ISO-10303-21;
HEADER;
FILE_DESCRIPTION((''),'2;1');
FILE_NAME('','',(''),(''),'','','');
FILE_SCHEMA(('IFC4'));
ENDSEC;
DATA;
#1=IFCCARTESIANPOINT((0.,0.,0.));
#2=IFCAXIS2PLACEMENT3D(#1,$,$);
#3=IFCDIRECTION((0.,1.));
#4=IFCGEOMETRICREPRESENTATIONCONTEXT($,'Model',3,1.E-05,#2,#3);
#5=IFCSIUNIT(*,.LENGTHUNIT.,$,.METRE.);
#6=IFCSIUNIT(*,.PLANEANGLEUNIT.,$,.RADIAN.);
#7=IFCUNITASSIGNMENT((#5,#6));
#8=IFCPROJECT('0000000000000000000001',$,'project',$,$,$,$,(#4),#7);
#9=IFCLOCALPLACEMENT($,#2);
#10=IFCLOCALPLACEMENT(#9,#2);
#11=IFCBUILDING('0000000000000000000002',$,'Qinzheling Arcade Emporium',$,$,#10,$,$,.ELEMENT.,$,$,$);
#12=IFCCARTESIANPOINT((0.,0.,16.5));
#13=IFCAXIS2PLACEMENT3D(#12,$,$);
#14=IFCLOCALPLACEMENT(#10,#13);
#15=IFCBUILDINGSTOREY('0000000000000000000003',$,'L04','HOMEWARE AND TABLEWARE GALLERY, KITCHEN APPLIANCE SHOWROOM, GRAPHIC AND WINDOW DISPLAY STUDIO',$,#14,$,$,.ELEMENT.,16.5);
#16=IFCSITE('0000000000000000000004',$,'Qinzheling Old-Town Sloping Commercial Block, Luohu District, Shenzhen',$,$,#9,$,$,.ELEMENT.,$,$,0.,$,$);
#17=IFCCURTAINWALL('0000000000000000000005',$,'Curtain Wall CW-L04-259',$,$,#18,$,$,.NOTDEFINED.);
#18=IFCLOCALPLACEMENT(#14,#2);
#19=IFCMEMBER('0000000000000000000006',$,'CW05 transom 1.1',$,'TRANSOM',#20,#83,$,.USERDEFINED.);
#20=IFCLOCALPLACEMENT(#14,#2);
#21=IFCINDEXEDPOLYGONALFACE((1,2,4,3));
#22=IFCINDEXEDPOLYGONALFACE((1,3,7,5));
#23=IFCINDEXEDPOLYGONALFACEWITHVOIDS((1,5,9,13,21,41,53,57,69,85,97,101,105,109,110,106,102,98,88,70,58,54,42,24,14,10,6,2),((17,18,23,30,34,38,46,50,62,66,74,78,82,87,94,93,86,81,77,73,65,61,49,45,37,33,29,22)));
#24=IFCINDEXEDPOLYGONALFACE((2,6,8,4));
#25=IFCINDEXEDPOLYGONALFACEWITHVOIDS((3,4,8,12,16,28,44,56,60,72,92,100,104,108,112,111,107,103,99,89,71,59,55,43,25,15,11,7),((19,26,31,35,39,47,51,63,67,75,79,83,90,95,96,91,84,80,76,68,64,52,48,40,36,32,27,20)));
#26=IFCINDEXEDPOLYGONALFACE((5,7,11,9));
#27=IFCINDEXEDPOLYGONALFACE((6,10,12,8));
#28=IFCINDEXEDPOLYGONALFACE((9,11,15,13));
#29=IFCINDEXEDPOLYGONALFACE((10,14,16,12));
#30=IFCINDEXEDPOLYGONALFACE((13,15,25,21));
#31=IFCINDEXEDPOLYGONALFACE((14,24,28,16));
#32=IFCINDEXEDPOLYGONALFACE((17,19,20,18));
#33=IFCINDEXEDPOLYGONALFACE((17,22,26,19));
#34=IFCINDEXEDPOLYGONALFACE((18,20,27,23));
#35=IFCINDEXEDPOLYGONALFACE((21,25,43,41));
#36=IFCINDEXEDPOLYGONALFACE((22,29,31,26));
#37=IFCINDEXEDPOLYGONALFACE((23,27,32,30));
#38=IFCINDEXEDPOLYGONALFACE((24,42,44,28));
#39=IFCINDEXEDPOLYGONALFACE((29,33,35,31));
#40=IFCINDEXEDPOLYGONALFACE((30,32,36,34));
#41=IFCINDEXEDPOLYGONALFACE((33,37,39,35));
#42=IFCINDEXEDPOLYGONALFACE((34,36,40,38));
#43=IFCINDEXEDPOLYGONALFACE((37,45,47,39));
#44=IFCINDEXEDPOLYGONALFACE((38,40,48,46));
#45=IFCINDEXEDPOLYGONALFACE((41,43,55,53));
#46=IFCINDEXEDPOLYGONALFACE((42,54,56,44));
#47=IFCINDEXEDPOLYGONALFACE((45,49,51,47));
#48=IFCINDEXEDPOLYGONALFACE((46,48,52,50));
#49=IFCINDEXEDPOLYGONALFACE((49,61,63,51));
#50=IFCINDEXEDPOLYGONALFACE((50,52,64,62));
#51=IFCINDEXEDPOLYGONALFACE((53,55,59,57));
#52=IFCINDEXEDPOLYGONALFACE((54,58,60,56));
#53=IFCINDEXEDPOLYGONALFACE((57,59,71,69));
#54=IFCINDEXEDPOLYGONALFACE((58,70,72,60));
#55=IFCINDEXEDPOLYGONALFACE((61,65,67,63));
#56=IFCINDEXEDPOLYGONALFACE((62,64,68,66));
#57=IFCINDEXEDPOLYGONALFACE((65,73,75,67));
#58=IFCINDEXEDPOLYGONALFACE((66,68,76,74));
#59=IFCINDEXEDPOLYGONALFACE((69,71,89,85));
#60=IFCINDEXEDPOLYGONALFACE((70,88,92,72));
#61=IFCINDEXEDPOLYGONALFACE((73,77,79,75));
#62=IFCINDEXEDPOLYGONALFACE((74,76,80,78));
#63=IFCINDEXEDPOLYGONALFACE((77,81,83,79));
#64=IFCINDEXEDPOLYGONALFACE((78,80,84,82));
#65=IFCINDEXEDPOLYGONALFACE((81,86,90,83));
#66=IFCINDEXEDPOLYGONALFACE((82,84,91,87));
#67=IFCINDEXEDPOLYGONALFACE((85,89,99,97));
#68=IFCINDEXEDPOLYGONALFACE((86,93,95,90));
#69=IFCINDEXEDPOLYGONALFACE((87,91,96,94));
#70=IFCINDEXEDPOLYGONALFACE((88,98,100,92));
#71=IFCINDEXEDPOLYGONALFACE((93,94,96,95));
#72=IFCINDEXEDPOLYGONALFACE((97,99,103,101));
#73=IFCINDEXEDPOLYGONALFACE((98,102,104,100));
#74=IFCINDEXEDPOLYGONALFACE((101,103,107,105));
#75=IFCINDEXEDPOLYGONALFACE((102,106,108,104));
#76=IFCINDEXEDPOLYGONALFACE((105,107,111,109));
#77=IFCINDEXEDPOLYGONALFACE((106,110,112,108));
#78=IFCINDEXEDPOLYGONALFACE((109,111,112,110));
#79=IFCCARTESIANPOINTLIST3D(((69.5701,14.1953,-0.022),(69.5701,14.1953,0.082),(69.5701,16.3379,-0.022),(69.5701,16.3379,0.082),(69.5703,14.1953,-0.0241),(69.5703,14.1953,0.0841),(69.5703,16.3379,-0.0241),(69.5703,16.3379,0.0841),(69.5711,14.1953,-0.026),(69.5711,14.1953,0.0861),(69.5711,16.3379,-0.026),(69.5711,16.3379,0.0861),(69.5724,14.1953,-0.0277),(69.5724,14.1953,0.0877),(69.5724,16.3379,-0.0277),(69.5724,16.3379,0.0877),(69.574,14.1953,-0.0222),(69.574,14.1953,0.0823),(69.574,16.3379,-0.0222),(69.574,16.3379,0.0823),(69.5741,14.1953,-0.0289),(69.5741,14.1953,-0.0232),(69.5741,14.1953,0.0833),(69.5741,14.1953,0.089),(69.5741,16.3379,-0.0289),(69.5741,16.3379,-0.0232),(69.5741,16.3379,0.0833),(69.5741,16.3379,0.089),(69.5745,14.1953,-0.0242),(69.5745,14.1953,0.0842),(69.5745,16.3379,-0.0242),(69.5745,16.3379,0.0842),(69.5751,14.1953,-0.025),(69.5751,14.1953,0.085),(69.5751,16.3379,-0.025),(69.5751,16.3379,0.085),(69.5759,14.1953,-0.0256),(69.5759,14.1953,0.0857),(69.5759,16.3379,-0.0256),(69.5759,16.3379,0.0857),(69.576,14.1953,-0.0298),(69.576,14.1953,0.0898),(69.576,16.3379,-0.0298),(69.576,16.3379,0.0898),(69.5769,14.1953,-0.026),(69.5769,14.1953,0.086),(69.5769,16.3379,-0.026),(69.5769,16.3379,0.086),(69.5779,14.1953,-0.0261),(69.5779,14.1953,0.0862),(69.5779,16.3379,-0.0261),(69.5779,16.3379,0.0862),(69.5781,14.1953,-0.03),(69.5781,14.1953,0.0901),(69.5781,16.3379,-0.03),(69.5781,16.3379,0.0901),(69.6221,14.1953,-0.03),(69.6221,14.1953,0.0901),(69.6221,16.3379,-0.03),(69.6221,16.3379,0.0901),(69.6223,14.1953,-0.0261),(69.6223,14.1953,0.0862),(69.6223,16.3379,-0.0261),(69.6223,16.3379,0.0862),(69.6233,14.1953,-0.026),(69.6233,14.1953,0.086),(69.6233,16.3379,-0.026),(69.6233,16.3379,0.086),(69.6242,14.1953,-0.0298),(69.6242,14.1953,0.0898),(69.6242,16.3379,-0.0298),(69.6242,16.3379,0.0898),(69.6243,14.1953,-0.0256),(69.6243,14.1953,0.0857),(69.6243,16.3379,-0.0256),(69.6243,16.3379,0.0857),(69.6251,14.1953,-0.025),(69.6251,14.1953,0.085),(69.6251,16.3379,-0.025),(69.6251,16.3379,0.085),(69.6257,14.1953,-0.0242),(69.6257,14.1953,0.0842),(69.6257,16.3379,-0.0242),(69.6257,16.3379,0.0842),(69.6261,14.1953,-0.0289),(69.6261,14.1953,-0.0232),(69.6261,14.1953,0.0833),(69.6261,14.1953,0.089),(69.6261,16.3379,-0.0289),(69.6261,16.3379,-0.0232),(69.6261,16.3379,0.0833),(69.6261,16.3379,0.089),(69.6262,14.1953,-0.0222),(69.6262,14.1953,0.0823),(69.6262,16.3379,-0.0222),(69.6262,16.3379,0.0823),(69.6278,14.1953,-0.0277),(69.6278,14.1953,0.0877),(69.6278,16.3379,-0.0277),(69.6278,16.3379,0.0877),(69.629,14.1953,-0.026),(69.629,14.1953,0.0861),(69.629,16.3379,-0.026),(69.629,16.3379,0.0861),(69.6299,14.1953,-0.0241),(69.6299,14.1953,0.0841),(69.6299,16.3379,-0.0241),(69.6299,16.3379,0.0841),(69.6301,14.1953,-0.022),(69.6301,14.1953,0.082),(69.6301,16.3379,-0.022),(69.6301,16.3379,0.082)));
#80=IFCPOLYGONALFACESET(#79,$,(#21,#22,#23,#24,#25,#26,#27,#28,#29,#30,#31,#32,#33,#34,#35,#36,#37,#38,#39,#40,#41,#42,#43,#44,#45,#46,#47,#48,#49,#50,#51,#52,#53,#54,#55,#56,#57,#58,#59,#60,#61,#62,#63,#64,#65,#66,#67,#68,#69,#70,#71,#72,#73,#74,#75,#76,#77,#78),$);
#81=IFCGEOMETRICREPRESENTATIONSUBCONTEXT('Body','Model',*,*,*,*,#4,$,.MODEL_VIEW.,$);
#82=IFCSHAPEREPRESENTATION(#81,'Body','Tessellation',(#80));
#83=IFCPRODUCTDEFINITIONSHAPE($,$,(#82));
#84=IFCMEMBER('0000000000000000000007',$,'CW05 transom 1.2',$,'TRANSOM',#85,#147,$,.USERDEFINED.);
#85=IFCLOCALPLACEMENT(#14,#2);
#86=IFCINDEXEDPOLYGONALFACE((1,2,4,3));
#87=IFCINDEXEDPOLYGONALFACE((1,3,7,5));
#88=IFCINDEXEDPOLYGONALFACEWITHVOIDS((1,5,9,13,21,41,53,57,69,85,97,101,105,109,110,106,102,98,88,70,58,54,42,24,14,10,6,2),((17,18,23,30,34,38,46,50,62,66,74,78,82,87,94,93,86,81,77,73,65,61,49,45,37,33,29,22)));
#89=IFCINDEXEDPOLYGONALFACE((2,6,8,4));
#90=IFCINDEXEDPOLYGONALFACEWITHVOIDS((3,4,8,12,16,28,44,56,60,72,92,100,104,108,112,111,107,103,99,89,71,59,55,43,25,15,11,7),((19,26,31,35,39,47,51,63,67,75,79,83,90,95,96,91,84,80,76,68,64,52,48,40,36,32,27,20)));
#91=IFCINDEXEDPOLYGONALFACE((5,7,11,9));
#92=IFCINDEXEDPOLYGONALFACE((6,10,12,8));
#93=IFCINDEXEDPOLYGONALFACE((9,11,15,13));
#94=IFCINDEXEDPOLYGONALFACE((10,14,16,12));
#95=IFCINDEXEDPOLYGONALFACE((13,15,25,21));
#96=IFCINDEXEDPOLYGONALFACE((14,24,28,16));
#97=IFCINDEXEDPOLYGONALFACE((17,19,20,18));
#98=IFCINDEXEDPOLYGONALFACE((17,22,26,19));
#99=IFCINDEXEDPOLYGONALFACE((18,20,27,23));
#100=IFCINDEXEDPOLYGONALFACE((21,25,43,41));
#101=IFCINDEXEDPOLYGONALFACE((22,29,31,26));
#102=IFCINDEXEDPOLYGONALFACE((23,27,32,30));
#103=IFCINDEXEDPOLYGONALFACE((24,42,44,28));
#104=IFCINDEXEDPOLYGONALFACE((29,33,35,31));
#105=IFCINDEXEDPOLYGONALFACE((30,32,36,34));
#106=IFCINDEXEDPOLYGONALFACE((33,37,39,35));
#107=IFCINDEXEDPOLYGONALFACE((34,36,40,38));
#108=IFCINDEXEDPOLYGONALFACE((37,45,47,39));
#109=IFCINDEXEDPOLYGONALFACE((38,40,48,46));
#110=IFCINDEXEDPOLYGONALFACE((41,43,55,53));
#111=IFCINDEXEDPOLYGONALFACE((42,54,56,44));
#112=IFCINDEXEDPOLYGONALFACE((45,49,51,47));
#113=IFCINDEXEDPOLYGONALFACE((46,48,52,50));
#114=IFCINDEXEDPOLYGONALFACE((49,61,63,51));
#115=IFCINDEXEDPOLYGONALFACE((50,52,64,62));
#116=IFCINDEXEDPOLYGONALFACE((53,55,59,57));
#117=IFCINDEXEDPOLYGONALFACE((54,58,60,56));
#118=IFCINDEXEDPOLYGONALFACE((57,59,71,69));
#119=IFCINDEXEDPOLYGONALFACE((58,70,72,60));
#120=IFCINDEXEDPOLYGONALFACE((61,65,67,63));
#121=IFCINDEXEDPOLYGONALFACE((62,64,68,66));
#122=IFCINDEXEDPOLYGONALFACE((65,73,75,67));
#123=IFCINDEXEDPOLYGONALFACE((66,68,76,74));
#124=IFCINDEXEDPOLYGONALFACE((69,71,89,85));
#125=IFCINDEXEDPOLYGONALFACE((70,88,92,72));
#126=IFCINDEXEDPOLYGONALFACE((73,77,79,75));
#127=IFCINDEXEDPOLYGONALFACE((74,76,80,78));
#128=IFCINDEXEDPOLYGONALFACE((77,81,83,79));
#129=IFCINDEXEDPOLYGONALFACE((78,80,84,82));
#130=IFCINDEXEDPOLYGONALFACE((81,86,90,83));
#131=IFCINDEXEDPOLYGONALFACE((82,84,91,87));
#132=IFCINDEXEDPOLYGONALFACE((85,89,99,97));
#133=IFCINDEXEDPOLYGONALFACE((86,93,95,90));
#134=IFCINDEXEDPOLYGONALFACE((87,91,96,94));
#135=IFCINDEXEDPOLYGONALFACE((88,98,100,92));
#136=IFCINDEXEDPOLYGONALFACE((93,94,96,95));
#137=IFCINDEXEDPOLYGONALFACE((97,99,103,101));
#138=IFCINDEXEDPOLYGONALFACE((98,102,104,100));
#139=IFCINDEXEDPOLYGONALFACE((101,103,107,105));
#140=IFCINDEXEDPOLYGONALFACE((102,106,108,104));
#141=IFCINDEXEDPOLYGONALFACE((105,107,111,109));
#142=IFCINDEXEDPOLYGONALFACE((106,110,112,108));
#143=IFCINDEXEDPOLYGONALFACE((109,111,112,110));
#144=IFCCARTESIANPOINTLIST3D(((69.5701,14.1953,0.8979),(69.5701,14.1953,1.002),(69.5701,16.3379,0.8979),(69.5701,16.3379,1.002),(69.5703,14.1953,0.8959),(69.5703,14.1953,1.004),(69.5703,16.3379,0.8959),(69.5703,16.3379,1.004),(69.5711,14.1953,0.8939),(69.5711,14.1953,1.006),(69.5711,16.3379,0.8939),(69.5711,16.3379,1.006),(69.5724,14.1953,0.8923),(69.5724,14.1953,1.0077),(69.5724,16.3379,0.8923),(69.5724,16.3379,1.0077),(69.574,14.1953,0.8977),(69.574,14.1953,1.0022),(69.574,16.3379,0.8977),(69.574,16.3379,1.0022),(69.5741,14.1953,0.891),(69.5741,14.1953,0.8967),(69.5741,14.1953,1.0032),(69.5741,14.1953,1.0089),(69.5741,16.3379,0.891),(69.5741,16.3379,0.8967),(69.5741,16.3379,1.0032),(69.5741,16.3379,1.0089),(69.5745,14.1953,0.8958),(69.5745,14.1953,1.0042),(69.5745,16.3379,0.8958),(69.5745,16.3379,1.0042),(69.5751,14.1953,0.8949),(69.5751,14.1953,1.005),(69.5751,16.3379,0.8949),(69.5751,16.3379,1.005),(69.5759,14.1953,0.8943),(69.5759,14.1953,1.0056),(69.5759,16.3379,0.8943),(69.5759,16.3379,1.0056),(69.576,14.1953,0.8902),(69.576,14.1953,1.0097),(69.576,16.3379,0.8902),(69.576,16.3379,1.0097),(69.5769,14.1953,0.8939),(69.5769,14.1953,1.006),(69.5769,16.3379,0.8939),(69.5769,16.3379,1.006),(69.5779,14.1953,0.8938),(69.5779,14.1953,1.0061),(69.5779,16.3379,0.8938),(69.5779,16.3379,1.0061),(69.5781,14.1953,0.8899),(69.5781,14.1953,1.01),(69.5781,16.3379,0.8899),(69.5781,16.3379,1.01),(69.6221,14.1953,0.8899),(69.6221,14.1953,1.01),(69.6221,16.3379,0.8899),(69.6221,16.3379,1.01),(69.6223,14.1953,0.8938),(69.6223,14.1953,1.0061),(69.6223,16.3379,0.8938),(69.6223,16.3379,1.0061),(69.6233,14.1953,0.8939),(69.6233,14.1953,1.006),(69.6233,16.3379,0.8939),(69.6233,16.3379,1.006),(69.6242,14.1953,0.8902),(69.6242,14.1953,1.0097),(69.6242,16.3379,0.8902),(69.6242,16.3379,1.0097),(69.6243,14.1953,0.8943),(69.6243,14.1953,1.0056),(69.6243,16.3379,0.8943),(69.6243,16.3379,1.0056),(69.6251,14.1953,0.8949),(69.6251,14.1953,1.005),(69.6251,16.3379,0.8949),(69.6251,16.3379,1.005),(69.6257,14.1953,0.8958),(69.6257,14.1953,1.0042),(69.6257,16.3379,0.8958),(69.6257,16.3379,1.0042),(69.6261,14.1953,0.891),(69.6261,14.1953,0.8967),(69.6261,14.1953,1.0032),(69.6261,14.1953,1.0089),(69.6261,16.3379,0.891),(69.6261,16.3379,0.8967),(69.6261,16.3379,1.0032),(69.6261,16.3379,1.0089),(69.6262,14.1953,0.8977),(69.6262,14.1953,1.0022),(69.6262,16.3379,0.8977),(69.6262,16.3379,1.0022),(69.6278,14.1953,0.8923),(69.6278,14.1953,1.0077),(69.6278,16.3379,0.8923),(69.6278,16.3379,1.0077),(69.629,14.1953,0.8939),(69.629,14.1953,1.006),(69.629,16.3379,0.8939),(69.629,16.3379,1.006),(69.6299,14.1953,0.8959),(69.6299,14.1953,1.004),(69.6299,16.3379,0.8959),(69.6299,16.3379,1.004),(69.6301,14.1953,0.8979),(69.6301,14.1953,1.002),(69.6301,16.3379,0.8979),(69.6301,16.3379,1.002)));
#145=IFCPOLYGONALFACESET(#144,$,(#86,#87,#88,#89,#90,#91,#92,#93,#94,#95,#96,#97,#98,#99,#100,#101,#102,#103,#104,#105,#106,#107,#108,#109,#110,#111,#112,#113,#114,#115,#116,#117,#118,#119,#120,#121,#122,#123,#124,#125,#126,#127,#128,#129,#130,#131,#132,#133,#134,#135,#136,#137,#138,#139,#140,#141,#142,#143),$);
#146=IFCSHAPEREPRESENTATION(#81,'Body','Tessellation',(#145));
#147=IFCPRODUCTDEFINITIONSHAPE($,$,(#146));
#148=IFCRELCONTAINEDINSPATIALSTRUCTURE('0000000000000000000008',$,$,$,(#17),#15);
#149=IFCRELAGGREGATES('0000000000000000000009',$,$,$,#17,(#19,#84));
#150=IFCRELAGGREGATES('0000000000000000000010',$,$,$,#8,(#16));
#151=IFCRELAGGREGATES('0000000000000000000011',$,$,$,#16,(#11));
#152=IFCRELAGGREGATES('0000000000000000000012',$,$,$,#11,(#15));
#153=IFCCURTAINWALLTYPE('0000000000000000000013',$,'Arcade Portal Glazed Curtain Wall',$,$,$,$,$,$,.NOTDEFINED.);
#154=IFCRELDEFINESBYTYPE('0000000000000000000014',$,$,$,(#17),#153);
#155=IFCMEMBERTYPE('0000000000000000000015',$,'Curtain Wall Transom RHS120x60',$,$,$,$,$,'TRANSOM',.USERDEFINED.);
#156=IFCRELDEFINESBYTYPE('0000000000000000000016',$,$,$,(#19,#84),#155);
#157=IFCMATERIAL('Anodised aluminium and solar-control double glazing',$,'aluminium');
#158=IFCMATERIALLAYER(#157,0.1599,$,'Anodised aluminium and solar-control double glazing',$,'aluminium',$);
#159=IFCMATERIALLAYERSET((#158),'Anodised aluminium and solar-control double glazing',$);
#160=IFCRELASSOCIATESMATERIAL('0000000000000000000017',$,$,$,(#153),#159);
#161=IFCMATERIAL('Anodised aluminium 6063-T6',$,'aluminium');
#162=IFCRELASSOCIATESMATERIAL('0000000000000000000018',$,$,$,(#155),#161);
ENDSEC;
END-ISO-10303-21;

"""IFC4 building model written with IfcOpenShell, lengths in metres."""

from ifc_helpers import new_model, si_unit, direction, frame, origin, origin_2d, place, context, subcontext, project, spatial, hollow_rectangle, extrude, material, layer, layer_set, material_profile, profile_set, type_object, element, aggregate, save


model = new_model("IFC4")

# Units and contexts
model_context = context("Model", 3, precision=1e-05, world=origin(), true_north=direction((0.0, 1.0)))
body_context = subcontext(model_context, "Body", "Model", "MODEL_VIEW")
ifc_project = project(units=[si_unit("LENGTHUNIT", "METRE"), si_unit("PLANEANGLEUNIT", "RADIAN")], contexts=[model_context])

# Site, building, storey
site_placement = place(None, origin())
site = spatial("IfcSite", under=ifc_project, at=site_placement, Name="Qinzheling Old-Town Sloping Commercial Block, Luohu District, Shenzhen", CompositionType="ELEMENT", RefElevation=0.0)
building_placement = place(site_placement, origin())
building = spatial("IfcBuilding", under=site, at=building_placement, Name="Qinzheling Arcade Emporium", CompositionType="ELEMENT")
storey_placement = place(building_placement, frame((0.0, 0.0, 16.5)))
storey = spatial("IfcBuildingStorey", under=building, at=storey_placement, Name="L04", Description="HOMEWARE AND TABLEWARE GALLERY, KITCHEN APPLIANCE SHOWROOM, GRAPHIC AND WINDOW DISPLAY STUDIO", CompositionType="ELEMENT", Elevation=16.5)

# Curtain wall
ifc_material_1 = material(Name="Anodised aluminium and solar-control double glazing", Category="aluminium")
ifc_layer_1 = layer(ifc_material_1, 0.1599, Name="Anodised aluminium and solar-control double glazing", Category="aluminium")
ifc_layer_set_1 = layer_set([ifc_layer_1], Name="Anodised aluminium and solar-control double glazing")
curtain_wall_type = type_object("IfcCurtainWallType", Name="Arcade Portal Glazed Curtain Wall", PredefinedType="NOTDEFINED", material=ifc_layer_set_1)
ifc_material_2 = material(Name="Anodised aluminium 6063-T6", Category="aluminium")
curtain_wall_1_placement = place(storey_placement, origin())
curtain_wall_1 = element("IfcCurtainWall", 1, at=curtain_wall_1_placement, inside=storey, type_object=curtain_wall_type, Name="Curtain Wall CW-L04-259", PredefinedType="NOTDEFINED")

# Members
ifc_material_profile_1 = material_profile(ifc_material_2, hollow_rectangle(XDim=0.0601, YDim=0.1201, WallThickness=0.0039, InnerFilletRadius=0.0039, OuterFilletRadius=0.0081, at=origin_2d()), Name="RHS 120x60x4", Category="aluminium")
ifc_profile_set_1 = profile_set([ifc_material_profile_1], Name="Anodised aluminium 6063-T6")
member_type_1 = type_object("IfcMemberType", Name="Curtain Wall Transom RHS120x60", ElementType="TRANSOM", PredefinedType="USERDEFINED", material=ifc_profile_set_1)
member_1_placement = place(storey_placement, frame((69.6001, 16.3379, 0.03), z_axis=(0.0, -1.0, 0.0), x_axis=(1.0, 0.0, 0.0)))
member_1 = element("IfcMember", 2, at=member_1_placement, type_object=member_type_1, Name="CW05 transom 1.1", ObjectType="TRANSOM", PredefinedType="USERDEFINED", context=body_context, shape_type="SweptSolid", body=[
    extrude(hollow_rectangle(XDim=0.0601, YDim=0.1201, WallThickness=0.0039, InnerFilletRadius=0.0039, OuterFilletRadius=0.0081, at=origin_2d()), origin(), (0.0, 0.0, 1.0), 2.1426),
])
member_2_placement = place(storey_placement, frame((69.6001, 16.3379, 0.95), z_axis=(0.0, -1.0, 0.0), x_axis=(1.0, 0.0, 0.0)))
member_2 = element("IfcMember", 3, at=member_2_placement, type_object=member_type_1, Name="CW05 transom 1.2", ObjectType="TRANSOM", PredefinedType="USERDEFINED", context=body_context, shape_type="SweptSolid", body=[
    extrude(hollow_rectangle(XDim=0.0601, YDim=0.1201, WallThickness=0.0039, InnerFilletRadius=0.0039, OuterFilletRadius=0.0081, at=origin_2d()), origin(), (0.0, 0.0, 1.0), 2.1426),
])

aggregate(curtain_wall_1, [member_1, member_2])

save(model, "model.ifc")
